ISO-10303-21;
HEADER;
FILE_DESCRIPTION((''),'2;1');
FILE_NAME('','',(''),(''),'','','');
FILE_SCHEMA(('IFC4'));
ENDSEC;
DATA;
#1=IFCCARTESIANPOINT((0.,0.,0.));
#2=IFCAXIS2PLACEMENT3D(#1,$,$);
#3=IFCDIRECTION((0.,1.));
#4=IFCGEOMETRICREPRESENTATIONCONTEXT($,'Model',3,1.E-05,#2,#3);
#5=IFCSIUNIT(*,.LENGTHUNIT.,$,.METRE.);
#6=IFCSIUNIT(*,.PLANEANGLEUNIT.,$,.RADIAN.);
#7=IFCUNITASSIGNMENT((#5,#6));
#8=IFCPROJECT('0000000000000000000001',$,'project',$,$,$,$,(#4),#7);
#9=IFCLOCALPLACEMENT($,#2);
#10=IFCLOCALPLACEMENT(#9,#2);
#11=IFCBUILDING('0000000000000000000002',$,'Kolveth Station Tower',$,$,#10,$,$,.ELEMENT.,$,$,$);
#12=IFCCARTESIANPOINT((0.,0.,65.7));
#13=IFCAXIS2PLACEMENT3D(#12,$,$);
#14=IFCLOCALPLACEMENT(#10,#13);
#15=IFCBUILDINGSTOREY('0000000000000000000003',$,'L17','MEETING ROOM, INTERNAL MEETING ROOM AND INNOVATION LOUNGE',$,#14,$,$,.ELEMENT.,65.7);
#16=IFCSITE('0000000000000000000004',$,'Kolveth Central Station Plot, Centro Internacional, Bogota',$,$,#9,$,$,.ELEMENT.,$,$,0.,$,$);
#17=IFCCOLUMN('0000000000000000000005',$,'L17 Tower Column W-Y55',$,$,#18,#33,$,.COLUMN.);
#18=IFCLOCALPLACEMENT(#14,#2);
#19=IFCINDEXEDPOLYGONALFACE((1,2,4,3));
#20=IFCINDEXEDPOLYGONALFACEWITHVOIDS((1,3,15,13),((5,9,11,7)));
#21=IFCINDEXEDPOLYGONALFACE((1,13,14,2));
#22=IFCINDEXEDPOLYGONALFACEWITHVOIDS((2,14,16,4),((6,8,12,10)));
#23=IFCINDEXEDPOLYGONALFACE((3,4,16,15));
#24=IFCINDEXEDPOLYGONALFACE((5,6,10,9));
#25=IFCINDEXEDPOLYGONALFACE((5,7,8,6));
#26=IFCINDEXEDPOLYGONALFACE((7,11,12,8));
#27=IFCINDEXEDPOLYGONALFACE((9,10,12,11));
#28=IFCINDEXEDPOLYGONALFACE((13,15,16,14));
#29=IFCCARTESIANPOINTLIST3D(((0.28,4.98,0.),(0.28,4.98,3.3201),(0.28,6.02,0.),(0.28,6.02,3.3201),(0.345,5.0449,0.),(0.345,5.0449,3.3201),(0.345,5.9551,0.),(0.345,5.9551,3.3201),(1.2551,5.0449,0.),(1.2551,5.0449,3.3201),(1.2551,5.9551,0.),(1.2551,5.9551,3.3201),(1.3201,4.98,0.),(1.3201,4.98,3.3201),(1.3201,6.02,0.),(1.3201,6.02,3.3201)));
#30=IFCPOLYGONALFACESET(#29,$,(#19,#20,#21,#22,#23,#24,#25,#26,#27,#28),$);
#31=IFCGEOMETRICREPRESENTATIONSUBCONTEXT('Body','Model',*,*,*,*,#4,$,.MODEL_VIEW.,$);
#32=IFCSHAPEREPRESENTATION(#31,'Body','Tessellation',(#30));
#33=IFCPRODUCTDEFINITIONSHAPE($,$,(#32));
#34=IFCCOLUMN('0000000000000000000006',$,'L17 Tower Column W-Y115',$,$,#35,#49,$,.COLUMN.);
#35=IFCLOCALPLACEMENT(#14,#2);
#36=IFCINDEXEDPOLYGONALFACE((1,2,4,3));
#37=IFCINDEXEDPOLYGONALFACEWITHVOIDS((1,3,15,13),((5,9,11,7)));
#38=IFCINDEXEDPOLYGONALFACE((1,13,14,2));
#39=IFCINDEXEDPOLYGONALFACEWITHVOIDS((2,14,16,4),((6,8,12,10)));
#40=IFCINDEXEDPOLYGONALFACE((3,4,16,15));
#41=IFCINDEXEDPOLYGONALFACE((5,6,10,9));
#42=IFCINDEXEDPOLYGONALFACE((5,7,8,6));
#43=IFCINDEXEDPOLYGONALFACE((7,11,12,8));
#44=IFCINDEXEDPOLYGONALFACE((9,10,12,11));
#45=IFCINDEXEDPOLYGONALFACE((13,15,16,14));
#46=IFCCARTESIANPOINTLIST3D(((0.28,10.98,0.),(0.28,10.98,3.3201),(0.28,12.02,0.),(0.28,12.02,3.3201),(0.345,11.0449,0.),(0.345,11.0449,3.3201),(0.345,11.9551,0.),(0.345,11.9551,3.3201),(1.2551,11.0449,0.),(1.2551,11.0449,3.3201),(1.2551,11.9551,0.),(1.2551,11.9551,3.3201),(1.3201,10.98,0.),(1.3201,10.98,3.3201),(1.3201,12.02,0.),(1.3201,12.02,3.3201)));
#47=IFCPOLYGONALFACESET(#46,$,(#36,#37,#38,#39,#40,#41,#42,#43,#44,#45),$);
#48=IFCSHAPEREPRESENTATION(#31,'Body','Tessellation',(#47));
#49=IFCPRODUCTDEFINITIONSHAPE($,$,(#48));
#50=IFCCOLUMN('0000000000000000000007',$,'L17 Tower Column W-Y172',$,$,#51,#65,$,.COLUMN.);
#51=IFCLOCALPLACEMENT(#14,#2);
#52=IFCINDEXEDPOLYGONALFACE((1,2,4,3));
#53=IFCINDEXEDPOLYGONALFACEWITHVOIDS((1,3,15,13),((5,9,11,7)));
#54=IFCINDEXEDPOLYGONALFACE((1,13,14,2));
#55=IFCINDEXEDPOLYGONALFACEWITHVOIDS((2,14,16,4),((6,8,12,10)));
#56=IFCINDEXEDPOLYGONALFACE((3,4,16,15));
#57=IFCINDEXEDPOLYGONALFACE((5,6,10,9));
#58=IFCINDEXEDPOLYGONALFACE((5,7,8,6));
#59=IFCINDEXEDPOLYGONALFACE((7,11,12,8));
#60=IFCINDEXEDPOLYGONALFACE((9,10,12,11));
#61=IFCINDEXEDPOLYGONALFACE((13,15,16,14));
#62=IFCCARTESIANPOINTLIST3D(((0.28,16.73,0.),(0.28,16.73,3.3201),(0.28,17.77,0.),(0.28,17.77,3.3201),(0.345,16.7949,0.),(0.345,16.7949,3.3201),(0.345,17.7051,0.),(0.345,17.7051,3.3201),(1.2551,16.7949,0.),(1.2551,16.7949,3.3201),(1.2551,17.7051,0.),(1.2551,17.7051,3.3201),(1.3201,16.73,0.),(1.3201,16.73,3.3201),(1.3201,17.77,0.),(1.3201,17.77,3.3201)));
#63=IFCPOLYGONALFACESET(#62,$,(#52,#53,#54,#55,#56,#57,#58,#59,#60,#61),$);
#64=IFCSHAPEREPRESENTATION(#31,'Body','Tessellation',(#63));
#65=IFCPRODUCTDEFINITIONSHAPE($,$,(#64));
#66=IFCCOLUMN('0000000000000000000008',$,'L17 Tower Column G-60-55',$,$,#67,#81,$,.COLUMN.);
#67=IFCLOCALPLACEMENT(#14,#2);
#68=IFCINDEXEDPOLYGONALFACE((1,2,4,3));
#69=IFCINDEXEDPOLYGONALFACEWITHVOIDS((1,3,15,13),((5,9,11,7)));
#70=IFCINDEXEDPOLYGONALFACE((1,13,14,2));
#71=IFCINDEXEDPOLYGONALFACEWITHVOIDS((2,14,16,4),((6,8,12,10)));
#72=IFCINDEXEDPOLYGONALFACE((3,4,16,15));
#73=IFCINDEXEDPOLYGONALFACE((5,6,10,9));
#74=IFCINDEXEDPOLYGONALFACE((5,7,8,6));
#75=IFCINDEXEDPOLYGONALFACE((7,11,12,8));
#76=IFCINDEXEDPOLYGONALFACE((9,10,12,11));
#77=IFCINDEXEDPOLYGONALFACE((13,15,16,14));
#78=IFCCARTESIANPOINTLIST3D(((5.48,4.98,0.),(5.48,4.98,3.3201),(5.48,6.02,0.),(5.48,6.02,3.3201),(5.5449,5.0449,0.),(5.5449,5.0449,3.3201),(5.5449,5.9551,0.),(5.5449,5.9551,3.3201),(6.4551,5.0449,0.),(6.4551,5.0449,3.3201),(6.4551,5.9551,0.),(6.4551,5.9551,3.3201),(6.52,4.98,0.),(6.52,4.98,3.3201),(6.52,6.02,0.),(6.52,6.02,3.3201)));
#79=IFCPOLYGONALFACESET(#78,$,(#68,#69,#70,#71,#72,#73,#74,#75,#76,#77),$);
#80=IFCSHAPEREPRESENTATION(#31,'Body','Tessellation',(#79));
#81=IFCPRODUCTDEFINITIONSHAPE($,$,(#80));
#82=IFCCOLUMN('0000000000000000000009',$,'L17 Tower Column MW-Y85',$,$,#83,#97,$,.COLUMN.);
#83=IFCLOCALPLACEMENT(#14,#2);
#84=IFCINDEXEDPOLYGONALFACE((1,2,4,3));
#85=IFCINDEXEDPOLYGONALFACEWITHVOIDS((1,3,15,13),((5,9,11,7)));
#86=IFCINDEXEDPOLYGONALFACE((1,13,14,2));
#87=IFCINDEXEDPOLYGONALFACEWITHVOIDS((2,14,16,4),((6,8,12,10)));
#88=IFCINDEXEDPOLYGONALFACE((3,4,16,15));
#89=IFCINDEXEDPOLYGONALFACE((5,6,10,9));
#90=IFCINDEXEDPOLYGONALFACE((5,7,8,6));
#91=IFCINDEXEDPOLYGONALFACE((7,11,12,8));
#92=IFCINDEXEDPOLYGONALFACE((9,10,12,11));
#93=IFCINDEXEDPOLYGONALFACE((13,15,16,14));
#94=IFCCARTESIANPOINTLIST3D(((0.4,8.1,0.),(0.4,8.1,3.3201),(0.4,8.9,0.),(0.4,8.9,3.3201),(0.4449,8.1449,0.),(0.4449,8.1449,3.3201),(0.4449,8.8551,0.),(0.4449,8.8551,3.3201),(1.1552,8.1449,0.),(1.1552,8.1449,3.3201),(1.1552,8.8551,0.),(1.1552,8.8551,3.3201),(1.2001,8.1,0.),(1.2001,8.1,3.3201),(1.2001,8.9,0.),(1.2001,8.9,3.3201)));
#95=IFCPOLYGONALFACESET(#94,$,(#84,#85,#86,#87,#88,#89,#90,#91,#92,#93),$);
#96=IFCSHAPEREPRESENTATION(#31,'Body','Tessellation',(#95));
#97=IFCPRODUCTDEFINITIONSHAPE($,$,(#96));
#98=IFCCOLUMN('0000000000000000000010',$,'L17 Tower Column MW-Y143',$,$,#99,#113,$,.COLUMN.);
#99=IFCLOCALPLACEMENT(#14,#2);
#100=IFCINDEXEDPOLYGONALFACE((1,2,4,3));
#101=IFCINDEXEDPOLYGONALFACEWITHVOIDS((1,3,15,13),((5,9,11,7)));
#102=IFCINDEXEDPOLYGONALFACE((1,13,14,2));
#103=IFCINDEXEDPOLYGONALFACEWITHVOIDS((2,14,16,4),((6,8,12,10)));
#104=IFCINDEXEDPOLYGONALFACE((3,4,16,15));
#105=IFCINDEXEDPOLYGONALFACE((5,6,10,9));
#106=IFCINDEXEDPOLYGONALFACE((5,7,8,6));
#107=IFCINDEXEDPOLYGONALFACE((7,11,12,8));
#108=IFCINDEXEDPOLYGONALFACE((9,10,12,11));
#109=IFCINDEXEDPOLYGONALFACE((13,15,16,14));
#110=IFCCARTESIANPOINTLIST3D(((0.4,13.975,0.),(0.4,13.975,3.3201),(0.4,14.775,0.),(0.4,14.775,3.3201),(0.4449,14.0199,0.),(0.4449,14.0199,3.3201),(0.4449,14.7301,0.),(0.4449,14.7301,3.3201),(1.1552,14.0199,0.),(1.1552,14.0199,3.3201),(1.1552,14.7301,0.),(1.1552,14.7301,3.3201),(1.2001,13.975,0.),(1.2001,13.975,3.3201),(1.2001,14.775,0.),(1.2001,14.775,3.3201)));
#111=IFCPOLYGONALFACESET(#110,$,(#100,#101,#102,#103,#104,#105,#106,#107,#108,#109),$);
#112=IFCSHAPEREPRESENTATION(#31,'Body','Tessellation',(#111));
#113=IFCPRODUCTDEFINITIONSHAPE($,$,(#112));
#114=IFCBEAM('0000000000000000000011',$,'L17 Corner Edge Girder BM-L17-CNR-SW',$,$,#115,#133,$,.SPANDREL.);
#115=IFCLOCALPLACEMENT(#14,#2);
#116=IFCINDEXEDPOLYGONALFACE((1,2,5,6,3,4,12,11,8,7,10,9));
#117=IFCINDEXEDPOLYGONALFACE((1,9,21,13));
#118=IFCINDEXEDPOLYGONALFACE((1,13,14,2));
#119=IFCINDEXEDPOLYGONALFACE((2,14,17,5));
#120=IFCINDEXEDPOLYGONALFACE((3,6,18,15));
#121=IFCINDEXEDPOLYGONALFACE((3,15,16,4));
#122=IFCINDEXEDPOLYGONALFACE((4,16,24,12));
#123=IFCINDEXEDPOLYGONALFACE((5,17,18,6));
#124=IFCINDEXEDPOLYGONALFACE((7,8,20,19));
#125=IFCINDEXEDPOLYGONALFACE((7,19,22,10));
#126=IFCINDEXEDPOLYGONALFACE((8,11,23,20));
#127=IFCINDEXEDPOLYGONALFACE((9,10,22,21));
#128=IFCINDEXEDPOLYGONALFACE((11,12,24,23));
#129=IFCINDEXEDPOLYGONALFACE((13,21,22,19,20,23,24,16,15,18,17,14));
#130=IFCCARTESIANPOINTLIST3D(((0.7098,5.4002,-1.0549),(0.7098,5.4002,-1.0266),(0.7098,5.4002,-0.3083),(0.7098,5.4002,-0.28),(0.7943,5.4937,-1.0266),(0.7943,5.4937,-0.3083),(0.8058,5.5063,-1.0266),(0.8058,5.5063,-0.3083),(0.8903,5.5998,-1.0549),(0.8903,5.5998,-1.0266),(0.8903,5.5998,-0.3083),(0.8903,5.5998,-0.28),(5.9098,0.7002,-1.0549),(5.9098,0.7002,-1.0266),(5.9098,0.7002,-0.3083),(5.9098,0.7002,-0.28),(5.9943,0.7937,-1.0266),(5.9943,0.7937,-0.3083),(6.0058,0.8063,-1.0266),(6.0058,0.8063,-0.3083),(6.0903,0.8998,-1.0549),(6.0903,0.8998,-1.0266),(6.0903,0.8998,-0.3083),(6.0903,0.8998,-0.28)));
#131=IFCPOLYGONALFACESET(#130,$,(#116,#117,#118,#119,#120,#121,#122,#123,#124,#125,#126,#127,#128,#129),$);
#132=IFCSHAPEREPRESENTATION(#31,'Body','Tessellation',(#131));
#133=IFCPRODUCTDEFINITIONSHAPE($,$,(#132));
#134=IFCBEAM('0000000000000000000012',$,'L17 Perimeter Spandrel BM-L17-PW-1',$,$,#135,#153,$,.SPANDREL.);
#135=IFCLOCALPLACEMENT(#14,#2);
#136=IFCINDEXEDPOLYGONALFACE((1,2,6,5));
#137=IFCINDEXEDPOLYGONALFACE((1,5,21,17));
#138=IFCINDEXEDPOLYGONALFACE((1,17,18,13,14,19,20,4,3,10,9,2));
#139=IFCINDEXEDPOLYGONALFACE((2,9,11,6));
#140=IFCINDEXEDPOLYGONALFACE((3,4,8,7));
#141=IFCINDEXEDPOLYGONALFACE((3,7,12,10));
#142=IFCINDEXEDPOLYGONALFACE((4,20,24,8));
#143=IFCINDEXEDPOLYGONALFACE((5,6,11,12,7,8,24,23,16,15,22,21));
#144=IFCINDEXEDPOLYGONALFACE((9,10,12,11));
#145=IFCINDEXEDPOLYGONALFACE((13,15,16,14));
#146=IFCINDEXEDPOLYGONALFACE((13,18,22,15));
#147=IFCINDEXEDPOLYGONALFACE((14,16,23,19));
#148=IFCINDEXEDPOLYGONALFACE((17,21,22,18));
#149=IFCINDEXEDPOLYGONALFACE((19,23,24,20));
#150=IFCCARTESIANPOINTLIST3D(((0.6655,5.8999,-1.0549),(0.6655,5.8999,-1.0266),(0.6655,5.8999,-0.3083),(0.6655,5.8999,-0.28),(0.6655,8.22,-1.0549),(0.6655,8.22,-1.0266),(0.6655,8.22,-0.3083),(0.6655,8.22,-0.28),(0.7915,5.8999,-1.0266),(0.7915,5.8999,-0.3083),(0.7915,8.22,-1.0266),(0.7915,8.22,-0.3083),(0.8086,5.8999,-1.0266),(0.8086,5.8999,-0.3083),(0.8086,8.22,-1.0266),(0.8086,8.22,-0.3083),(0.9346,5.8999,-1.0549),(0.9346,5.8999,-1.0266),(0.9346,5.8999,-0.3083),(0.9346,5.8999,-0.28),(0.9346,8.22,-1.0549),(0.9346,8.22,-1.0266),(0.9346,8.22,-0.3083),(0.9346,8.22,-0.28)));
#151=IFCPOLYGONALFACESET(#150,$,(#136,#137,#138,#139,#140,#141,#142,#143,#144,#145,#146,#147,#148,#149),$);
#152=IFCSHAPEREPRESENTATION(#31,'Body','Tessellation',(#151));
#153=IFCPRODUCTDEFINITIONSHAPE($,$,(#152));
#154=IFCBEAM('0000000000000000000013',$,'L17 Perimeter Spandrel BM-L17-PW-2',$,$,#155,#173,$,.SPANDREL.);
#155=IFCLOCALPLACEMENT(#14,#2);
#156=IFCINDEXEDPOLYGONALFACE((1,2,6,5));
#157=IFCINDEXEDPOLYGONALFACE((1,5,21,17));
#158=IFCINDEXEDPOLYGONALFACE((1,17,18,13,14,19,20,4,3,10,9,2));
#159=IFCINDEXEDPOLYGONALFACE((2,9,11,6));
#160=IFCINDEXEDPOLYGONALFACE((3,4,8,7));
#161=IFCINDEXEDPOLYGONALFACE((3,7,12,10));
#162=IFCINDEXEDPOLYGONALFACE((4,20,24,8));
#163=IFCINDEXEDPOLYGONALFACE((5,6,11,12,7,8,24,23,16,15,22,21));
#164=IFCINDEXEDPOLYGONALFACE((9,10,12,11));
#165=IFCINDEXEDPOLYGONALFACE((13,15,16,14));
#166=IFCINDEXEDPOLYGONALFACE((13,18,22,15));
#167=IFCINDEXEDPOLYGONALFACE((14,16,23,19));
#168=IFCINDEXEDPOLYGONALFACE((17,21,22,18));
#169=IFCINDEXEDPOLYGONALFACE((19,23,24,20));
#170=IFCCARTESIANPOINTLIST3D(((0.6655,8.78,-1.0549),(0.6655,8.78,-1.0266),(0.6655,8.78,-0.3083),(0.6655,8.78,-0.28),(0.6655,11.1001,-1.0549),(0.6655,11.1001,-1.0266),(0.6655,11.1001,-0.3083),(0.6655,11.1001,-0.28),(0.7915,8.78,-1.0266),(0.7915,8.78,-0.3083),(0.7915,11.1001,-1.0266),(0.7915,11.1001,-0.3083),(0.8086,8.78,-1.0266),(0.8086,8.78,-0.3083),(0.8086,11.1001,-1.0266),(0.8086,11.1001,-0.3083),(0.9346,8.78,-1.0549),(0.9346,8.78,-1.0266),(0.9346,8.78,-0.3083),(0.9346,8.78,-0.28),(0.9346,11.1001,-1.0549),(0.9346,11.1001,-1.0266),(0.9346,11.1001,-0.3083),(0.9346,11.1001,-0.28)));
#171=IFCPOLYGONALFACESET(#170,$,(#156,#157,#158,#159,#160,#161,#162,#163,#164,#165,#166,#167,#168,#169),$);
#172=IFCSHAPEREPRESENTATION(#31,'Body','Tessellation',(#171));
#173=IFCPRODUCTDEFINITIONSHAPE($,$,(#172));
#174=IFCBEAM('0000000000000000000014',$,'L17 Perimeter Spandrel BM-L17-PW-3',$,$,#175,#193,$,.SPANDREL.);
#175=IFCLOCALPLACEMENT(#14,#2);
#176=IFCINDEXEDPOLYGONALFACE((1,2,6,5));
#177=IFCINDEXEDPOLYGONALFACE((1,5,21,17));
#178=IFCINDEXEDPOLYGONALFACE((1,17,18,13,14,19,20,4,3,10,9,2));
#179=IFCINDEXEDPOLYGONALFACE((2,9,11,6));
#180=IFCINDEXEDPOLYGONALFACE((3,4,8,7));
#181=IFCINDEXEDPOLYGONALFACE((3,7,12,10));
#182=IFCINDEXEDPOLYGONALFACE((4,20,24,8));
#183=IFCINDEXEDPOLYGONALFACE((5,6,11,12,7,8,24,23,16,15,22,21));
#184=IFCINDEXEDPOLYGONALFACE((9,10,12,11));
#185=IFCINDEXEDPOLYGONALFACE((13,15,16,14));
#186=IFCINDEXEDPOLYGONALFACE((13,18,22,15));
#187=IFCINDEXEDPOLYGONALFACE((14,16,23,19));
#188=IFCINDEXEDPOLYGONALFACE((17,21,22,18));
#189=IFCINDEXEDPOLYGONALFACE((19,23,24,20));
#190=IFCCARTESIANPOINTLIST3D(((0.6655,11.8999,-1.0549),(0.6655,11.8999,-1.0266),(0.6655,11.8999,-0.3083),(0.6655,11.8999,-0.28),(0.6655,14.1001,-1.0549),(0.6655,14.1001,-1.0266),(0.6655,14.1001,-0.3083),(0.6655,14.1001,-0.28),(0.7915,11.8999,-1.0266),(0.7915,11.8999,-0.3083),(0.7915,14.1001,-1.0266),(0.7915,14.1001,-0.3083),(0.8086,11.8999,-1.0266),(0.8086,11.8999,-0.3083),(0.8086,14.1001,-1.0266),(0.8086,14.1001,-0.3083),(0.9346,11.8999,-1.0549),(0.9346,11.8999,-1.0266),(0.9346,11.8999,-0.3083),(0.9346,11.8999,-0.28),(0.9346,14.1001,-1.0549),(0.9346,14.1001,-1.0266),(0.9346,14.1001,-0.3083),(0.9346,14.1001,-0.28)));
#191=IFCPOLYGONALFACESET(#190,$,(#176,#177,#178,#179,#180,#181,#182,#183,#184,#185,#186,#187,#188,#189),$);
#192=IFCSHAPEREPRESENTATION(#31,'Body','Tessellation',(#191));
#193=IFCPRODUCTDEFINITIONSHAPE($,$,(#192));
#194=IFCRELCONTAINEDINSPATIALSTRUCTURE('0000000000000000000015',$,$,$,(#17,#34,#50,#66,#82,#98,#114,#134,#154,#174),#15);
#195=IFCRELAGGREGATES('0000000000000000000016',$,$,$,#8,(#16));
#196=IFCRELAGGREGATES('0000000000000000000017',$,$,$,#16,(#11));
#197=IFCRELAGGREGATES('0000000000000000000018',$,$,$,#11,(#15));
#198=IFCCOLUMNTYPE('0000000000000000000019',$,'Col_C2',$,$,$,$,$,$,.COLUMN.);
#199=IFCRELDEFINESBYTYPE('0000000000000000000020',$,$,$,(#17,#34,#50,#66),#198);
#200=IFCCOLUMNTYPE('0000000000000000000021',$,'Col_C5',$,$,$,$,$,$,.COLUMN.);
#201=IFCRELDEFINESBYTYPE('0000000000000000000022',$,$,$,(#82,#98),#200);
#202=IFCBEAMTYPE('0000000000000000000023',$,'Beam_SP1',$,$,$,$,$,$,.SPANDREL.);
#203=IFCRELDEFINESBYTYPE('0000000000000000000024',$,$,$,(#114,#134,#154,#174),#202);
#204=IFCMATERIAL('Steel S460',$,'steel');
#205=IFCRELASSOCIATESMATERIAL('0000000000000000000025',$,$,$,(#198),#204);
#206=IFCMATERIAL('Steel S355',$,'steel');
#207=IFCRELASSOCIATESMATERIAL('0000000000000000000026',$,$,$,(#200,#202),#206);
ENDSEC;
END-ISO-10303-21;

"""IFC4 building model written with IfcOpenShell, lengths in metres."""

from ifc_helpers import new_model, si_unit, direction, frame, origin, origin_2d, place, context, subcontext, project, spatial, hollow_rectangle, i_section, extrude, source, transform, mapped, material, material_profile, profile_set, type_object, element, save


model = new_model("IFC4")

# Units and contexts
model_context = context("Model", 3, precision=1e-05, world=origin(), true_north=direction((0.0, 1.0)))
body_context = subcontext(model_context, "Body", "Model", "MODEL_VIEW")
ifc_project = project(units=[si_unit("LENGTHUNIT", "METRE"), si_unit("PLANEANGLEUNIT", "RADIAN")], contexts=[model_context])

# Site, building, storey
site_placement = place(None, origin())
site = spatial("IfcSite", under=ifc_project, at=site_placement, Name="Kolveth Central Station Plot, Centro Internacional, Bogota", CompositionType="ELEMENT", RefElevation=0.0)
building_placement = place(site_placement, origin())
building = spatial("IfcBuilding", under=site, at=building_placement, Name="Kolveth Station Tower", CompositionType="ELEMENT")
storey_placement = place(building_placement, frame((0.0, 0.0, 65.7)))
storey = spatial("IfcBuildingStorey", under=building, at=storey_placement, Name="L17", Description="MEETING ROOM, INTERNAL MEETING ROOM AND INNOVATION LOUNGE", CompositionType="ELEMENT", Elevation=65.7)

# Columns
ifc_material_1 = material(Name="Steel S460", Category="steel")
ifc_material_profile_1 = material_profile(ifc_material_1, hollow_rectangle(XDim=1.04, YDim=1.04, WallThickness=0.0649, at=origin_2d()), Name="BOX1040x1040x65")
ifc_profile_set_1 = profile_set([ifc_material_profile_1], Name="Steel S460")
column_type_1 = type_object("IfcColumnType", Name="Col_C2", PredefinedType="COLUMN", material=ifc_profile_set_1)
shared_shape_1 = source(origin(), body_context, "Body", "SweptSolid", [
    extrude(hollow_rectangle(XDim=1.04, YDim=1.04, WallThickness=0.0649, at=origin_2d()), origin(), (0.0, 0.0, 1.0), 3.3201),
])
for number, where, z_axis, x_axis, name in (
    (1, (0.8, 5.5, 0.0), (0.0, 0.0, 1.0), (1.0, 0.0, 0.0), "L17 Tower Column W-Y55"),
    (2, (0.8, 11.5, 0.0), (0.0, 0.0, 1.0), (1.0, 0.0, 0.0), "L17 Tower Column W-Y115"),
    (3, (0.8, 17.25, 0.0), (0.0, 0.0, 1.0), (1.0, 0.0, 0.0), "L17 Tower Column W-Y172"),
    (4, (6.0, 5.5, 0.0), (0.0, 0.0, 1.0), (1.0, 0.0, 0.0), "L17 Tower Column G-60-55"),
):
    element("IfcColumn", number, at=place(storey_placement, frame(where, z_axis=z_axis, x_axis=x_axis)), inside=storey, type_object=column_type_1, Name=name, PredefinedType="COLUMN", context=body_context, shape_type="MappedRepresentation", body=[
        mapped(shared_shape_1, transform((0.0, 0.0, 0.0), x_axis=(1.0, 0.0, 0.0), y_axis=(0.0, 1.0, 0.0), z_axis=(0.0, 0.0, 1.0), scale=1.0)),
    ])
ifc_material_2 = material(Name="Steel S355", Category="steel")
ifc_material_profile_2 = material_profile(ifc_material_2, hollow_rectangle(XDim=0.8, YDim=0.8, WallThickness=0.0449, at=origin_2d()), Name="BOX800x800x45")
ifc_profile_set_2 = profile_set([ifc_material_profile_2], Name="Steel S355")
column_type_2 = type_object("IfcColumnType", Name="Col_C5", PredefinedType="COLUMN", material=ifc_profile_set_2)
shared_shape_2 = source(origin(), body_context, "Body", "SweptSolid", [
    extrude(hollow_rectangle(XDim=0.8, YDim=0.8, WallThickness=0.0449, at=origin_2d()), origin(), (0.0, 0.0, 1.0), 3.3201),
])
for number, where, z_axis, x_axis, name in (
    (5, (0.8, 8.5, 0.0), (0.0, 0.0, 1.0), (1.0, 0.0, 0.0), "L17 Tower Column MW-Y85"),
    (6, (0.8, 14.375, 0.0), (0.0, 0.0, 1.0), (1.0, 0.0, 0.0), "L17 Tower Column MW-Y143"),
):
    element("IfcColumn", number, at=place(storey_placement, frame(where, z_axis=z_axis, x_axis=x_axis)), inside=storey, type_object=column_type_2, Name=name, PredefinedType="COLUMN", context=body_context, shape_type="MappedRepresentation", body=[
        mapped(shared_shape_2, transform((0.0, 0.0, 0.0), x_axis=(1.0, 0.0, 0.0), y_axis=(0.0, 1.0, 0.0), z_axis=(0.0, 0.0, 1.0), scale=1.0)),
    ])

# Beams
ifc_material_profile_3 = material_profile(ifc_material_2, i_section(OverallWidth=0.269, OverallDepth=0.7749, WebThickness=0.0171, FlangeThickness=0.0283, at=origin_2d()), Name="W760x220")
ifc_profile_set_3 = profile_set([ifc_material_profile_3], Name="Steel S355")
beam_type_1 = type_object("IfcBeamType", Name="Beam_SP1", PredefinedType="SPANDREL", material=ifc_profile_set_3)
shared_shape_3 = source(origin(), body_context, "Body", "SweptSolid", [
    extrude(i_section(OverallWidth=0.269, OverallDepth=0.7749, WebThickness=0.0171, FlangeThickness=0.0283, at=origin_2d()), origin(), (0.0, 0.0, 1.0), 7.0093),
])
beam_1_placement = place(storey_placement, frame((0.8, 5.5, -0.6675), z_axis=(0.741874, -0.670539, 0.0), x_axis=(0.670539, 0.741874, 0.0)))
element("IfcBeam", 7, at=beam_1_placement, inside=storey, type_object=beam_type_1, Name="L17 Corner Edge Girder BM-L17-CNR-SW", PredefinedType="SPANDREL", context=body_context, shape_type="MappedRepresentation", body=[
    mapped(shared_shape_3, transform((0.0, 0.0, 0.0), x_axis=(1.0, 0.0, 0.0), y_axis=(0.0, 1.0, 0.0), z_axis=(0.0, 0.0, 1.0), scale=1.0)),
])
shared_shape_4 = source(origin(), body_context, "Body", "SweptSolid", [
    extrude(i_section(OverallWidth=0.269, OverallDepth=0.7749, WebThickness=0.0171, FlangeThickness=0.0283, at=origin_2d()), origin(), (0.0, 0.0, 1.0), 2.3201),
])
for number, where, z_axis, x_axis, name in (
    (8, (0.8, 5.8999, -0.6675), (0.0, 1.0, 0.0), (-1.0, 0.0, 0.0), "L17 Perimeter Spandrel BM-L17-PW-1"),
    (9, (0.8, 8.78, -0.6675), (0.0, 1.0, 0.0), (-1.0, 0.0, 0.0), "L17 Perimeter Spandrel BM-L17-PW-2"),
):
    element("IfcBeam", number, at=place(storey_placement, frame(where, z_axis=z_axis, x_axis=x_axis)), inside=storey, type_object=beam_type_1, Name=name, PredefinedType="SPANDREL", context=body_context, shape_type="MappedRepresentation", body=[
        mapped(shared_shape_4, transform((0.0, 0.0, 0.0), x_axis=(1.0, 0.0, 0.0), y_axis=(0.0, 1.0, 0.0), z_axis=(0.0, 0.0, 1.0), scale=1.0)),
    ])
shared_shape_5 = source(origin(), body_context, "Body", "SweptSolid", [
    extrude(i_section(OverallWidth=0.269, OverallDepth=0.7749, WebThickness=0.0171, FlangeThickness=0.0283, at=origin_2d()), origin(), (0.0, 0.0, 1.0), 2.2002),
])
beam_2_placement = place(storey_placement, frame((0.8, 11.8999, -0.6675), z_axis=(0.0, 1.0, 0.0), x_axis=(-1.0, 0.0, 0.0)))
element("IfcBeam", 10, at=beam_2_placement, inside=storey, type_object=beam_type_1, Name="L17 Perimeter Spandrel BM-L17-PW-3", PredefinedType="SPANDREL", context=body_context, shape_type="MappedRepresentation", body=[
    mapped(shared_shape_5, transform((0.0, 0.0, 0.0), x_axis=(1.0, 0.0, 0.0), y_axis=(0.0, 1.0, 0.0), z_axis=(0.0, 0.0, 1.0), scale=1.0)),
])

save(model, "model.ifc")
